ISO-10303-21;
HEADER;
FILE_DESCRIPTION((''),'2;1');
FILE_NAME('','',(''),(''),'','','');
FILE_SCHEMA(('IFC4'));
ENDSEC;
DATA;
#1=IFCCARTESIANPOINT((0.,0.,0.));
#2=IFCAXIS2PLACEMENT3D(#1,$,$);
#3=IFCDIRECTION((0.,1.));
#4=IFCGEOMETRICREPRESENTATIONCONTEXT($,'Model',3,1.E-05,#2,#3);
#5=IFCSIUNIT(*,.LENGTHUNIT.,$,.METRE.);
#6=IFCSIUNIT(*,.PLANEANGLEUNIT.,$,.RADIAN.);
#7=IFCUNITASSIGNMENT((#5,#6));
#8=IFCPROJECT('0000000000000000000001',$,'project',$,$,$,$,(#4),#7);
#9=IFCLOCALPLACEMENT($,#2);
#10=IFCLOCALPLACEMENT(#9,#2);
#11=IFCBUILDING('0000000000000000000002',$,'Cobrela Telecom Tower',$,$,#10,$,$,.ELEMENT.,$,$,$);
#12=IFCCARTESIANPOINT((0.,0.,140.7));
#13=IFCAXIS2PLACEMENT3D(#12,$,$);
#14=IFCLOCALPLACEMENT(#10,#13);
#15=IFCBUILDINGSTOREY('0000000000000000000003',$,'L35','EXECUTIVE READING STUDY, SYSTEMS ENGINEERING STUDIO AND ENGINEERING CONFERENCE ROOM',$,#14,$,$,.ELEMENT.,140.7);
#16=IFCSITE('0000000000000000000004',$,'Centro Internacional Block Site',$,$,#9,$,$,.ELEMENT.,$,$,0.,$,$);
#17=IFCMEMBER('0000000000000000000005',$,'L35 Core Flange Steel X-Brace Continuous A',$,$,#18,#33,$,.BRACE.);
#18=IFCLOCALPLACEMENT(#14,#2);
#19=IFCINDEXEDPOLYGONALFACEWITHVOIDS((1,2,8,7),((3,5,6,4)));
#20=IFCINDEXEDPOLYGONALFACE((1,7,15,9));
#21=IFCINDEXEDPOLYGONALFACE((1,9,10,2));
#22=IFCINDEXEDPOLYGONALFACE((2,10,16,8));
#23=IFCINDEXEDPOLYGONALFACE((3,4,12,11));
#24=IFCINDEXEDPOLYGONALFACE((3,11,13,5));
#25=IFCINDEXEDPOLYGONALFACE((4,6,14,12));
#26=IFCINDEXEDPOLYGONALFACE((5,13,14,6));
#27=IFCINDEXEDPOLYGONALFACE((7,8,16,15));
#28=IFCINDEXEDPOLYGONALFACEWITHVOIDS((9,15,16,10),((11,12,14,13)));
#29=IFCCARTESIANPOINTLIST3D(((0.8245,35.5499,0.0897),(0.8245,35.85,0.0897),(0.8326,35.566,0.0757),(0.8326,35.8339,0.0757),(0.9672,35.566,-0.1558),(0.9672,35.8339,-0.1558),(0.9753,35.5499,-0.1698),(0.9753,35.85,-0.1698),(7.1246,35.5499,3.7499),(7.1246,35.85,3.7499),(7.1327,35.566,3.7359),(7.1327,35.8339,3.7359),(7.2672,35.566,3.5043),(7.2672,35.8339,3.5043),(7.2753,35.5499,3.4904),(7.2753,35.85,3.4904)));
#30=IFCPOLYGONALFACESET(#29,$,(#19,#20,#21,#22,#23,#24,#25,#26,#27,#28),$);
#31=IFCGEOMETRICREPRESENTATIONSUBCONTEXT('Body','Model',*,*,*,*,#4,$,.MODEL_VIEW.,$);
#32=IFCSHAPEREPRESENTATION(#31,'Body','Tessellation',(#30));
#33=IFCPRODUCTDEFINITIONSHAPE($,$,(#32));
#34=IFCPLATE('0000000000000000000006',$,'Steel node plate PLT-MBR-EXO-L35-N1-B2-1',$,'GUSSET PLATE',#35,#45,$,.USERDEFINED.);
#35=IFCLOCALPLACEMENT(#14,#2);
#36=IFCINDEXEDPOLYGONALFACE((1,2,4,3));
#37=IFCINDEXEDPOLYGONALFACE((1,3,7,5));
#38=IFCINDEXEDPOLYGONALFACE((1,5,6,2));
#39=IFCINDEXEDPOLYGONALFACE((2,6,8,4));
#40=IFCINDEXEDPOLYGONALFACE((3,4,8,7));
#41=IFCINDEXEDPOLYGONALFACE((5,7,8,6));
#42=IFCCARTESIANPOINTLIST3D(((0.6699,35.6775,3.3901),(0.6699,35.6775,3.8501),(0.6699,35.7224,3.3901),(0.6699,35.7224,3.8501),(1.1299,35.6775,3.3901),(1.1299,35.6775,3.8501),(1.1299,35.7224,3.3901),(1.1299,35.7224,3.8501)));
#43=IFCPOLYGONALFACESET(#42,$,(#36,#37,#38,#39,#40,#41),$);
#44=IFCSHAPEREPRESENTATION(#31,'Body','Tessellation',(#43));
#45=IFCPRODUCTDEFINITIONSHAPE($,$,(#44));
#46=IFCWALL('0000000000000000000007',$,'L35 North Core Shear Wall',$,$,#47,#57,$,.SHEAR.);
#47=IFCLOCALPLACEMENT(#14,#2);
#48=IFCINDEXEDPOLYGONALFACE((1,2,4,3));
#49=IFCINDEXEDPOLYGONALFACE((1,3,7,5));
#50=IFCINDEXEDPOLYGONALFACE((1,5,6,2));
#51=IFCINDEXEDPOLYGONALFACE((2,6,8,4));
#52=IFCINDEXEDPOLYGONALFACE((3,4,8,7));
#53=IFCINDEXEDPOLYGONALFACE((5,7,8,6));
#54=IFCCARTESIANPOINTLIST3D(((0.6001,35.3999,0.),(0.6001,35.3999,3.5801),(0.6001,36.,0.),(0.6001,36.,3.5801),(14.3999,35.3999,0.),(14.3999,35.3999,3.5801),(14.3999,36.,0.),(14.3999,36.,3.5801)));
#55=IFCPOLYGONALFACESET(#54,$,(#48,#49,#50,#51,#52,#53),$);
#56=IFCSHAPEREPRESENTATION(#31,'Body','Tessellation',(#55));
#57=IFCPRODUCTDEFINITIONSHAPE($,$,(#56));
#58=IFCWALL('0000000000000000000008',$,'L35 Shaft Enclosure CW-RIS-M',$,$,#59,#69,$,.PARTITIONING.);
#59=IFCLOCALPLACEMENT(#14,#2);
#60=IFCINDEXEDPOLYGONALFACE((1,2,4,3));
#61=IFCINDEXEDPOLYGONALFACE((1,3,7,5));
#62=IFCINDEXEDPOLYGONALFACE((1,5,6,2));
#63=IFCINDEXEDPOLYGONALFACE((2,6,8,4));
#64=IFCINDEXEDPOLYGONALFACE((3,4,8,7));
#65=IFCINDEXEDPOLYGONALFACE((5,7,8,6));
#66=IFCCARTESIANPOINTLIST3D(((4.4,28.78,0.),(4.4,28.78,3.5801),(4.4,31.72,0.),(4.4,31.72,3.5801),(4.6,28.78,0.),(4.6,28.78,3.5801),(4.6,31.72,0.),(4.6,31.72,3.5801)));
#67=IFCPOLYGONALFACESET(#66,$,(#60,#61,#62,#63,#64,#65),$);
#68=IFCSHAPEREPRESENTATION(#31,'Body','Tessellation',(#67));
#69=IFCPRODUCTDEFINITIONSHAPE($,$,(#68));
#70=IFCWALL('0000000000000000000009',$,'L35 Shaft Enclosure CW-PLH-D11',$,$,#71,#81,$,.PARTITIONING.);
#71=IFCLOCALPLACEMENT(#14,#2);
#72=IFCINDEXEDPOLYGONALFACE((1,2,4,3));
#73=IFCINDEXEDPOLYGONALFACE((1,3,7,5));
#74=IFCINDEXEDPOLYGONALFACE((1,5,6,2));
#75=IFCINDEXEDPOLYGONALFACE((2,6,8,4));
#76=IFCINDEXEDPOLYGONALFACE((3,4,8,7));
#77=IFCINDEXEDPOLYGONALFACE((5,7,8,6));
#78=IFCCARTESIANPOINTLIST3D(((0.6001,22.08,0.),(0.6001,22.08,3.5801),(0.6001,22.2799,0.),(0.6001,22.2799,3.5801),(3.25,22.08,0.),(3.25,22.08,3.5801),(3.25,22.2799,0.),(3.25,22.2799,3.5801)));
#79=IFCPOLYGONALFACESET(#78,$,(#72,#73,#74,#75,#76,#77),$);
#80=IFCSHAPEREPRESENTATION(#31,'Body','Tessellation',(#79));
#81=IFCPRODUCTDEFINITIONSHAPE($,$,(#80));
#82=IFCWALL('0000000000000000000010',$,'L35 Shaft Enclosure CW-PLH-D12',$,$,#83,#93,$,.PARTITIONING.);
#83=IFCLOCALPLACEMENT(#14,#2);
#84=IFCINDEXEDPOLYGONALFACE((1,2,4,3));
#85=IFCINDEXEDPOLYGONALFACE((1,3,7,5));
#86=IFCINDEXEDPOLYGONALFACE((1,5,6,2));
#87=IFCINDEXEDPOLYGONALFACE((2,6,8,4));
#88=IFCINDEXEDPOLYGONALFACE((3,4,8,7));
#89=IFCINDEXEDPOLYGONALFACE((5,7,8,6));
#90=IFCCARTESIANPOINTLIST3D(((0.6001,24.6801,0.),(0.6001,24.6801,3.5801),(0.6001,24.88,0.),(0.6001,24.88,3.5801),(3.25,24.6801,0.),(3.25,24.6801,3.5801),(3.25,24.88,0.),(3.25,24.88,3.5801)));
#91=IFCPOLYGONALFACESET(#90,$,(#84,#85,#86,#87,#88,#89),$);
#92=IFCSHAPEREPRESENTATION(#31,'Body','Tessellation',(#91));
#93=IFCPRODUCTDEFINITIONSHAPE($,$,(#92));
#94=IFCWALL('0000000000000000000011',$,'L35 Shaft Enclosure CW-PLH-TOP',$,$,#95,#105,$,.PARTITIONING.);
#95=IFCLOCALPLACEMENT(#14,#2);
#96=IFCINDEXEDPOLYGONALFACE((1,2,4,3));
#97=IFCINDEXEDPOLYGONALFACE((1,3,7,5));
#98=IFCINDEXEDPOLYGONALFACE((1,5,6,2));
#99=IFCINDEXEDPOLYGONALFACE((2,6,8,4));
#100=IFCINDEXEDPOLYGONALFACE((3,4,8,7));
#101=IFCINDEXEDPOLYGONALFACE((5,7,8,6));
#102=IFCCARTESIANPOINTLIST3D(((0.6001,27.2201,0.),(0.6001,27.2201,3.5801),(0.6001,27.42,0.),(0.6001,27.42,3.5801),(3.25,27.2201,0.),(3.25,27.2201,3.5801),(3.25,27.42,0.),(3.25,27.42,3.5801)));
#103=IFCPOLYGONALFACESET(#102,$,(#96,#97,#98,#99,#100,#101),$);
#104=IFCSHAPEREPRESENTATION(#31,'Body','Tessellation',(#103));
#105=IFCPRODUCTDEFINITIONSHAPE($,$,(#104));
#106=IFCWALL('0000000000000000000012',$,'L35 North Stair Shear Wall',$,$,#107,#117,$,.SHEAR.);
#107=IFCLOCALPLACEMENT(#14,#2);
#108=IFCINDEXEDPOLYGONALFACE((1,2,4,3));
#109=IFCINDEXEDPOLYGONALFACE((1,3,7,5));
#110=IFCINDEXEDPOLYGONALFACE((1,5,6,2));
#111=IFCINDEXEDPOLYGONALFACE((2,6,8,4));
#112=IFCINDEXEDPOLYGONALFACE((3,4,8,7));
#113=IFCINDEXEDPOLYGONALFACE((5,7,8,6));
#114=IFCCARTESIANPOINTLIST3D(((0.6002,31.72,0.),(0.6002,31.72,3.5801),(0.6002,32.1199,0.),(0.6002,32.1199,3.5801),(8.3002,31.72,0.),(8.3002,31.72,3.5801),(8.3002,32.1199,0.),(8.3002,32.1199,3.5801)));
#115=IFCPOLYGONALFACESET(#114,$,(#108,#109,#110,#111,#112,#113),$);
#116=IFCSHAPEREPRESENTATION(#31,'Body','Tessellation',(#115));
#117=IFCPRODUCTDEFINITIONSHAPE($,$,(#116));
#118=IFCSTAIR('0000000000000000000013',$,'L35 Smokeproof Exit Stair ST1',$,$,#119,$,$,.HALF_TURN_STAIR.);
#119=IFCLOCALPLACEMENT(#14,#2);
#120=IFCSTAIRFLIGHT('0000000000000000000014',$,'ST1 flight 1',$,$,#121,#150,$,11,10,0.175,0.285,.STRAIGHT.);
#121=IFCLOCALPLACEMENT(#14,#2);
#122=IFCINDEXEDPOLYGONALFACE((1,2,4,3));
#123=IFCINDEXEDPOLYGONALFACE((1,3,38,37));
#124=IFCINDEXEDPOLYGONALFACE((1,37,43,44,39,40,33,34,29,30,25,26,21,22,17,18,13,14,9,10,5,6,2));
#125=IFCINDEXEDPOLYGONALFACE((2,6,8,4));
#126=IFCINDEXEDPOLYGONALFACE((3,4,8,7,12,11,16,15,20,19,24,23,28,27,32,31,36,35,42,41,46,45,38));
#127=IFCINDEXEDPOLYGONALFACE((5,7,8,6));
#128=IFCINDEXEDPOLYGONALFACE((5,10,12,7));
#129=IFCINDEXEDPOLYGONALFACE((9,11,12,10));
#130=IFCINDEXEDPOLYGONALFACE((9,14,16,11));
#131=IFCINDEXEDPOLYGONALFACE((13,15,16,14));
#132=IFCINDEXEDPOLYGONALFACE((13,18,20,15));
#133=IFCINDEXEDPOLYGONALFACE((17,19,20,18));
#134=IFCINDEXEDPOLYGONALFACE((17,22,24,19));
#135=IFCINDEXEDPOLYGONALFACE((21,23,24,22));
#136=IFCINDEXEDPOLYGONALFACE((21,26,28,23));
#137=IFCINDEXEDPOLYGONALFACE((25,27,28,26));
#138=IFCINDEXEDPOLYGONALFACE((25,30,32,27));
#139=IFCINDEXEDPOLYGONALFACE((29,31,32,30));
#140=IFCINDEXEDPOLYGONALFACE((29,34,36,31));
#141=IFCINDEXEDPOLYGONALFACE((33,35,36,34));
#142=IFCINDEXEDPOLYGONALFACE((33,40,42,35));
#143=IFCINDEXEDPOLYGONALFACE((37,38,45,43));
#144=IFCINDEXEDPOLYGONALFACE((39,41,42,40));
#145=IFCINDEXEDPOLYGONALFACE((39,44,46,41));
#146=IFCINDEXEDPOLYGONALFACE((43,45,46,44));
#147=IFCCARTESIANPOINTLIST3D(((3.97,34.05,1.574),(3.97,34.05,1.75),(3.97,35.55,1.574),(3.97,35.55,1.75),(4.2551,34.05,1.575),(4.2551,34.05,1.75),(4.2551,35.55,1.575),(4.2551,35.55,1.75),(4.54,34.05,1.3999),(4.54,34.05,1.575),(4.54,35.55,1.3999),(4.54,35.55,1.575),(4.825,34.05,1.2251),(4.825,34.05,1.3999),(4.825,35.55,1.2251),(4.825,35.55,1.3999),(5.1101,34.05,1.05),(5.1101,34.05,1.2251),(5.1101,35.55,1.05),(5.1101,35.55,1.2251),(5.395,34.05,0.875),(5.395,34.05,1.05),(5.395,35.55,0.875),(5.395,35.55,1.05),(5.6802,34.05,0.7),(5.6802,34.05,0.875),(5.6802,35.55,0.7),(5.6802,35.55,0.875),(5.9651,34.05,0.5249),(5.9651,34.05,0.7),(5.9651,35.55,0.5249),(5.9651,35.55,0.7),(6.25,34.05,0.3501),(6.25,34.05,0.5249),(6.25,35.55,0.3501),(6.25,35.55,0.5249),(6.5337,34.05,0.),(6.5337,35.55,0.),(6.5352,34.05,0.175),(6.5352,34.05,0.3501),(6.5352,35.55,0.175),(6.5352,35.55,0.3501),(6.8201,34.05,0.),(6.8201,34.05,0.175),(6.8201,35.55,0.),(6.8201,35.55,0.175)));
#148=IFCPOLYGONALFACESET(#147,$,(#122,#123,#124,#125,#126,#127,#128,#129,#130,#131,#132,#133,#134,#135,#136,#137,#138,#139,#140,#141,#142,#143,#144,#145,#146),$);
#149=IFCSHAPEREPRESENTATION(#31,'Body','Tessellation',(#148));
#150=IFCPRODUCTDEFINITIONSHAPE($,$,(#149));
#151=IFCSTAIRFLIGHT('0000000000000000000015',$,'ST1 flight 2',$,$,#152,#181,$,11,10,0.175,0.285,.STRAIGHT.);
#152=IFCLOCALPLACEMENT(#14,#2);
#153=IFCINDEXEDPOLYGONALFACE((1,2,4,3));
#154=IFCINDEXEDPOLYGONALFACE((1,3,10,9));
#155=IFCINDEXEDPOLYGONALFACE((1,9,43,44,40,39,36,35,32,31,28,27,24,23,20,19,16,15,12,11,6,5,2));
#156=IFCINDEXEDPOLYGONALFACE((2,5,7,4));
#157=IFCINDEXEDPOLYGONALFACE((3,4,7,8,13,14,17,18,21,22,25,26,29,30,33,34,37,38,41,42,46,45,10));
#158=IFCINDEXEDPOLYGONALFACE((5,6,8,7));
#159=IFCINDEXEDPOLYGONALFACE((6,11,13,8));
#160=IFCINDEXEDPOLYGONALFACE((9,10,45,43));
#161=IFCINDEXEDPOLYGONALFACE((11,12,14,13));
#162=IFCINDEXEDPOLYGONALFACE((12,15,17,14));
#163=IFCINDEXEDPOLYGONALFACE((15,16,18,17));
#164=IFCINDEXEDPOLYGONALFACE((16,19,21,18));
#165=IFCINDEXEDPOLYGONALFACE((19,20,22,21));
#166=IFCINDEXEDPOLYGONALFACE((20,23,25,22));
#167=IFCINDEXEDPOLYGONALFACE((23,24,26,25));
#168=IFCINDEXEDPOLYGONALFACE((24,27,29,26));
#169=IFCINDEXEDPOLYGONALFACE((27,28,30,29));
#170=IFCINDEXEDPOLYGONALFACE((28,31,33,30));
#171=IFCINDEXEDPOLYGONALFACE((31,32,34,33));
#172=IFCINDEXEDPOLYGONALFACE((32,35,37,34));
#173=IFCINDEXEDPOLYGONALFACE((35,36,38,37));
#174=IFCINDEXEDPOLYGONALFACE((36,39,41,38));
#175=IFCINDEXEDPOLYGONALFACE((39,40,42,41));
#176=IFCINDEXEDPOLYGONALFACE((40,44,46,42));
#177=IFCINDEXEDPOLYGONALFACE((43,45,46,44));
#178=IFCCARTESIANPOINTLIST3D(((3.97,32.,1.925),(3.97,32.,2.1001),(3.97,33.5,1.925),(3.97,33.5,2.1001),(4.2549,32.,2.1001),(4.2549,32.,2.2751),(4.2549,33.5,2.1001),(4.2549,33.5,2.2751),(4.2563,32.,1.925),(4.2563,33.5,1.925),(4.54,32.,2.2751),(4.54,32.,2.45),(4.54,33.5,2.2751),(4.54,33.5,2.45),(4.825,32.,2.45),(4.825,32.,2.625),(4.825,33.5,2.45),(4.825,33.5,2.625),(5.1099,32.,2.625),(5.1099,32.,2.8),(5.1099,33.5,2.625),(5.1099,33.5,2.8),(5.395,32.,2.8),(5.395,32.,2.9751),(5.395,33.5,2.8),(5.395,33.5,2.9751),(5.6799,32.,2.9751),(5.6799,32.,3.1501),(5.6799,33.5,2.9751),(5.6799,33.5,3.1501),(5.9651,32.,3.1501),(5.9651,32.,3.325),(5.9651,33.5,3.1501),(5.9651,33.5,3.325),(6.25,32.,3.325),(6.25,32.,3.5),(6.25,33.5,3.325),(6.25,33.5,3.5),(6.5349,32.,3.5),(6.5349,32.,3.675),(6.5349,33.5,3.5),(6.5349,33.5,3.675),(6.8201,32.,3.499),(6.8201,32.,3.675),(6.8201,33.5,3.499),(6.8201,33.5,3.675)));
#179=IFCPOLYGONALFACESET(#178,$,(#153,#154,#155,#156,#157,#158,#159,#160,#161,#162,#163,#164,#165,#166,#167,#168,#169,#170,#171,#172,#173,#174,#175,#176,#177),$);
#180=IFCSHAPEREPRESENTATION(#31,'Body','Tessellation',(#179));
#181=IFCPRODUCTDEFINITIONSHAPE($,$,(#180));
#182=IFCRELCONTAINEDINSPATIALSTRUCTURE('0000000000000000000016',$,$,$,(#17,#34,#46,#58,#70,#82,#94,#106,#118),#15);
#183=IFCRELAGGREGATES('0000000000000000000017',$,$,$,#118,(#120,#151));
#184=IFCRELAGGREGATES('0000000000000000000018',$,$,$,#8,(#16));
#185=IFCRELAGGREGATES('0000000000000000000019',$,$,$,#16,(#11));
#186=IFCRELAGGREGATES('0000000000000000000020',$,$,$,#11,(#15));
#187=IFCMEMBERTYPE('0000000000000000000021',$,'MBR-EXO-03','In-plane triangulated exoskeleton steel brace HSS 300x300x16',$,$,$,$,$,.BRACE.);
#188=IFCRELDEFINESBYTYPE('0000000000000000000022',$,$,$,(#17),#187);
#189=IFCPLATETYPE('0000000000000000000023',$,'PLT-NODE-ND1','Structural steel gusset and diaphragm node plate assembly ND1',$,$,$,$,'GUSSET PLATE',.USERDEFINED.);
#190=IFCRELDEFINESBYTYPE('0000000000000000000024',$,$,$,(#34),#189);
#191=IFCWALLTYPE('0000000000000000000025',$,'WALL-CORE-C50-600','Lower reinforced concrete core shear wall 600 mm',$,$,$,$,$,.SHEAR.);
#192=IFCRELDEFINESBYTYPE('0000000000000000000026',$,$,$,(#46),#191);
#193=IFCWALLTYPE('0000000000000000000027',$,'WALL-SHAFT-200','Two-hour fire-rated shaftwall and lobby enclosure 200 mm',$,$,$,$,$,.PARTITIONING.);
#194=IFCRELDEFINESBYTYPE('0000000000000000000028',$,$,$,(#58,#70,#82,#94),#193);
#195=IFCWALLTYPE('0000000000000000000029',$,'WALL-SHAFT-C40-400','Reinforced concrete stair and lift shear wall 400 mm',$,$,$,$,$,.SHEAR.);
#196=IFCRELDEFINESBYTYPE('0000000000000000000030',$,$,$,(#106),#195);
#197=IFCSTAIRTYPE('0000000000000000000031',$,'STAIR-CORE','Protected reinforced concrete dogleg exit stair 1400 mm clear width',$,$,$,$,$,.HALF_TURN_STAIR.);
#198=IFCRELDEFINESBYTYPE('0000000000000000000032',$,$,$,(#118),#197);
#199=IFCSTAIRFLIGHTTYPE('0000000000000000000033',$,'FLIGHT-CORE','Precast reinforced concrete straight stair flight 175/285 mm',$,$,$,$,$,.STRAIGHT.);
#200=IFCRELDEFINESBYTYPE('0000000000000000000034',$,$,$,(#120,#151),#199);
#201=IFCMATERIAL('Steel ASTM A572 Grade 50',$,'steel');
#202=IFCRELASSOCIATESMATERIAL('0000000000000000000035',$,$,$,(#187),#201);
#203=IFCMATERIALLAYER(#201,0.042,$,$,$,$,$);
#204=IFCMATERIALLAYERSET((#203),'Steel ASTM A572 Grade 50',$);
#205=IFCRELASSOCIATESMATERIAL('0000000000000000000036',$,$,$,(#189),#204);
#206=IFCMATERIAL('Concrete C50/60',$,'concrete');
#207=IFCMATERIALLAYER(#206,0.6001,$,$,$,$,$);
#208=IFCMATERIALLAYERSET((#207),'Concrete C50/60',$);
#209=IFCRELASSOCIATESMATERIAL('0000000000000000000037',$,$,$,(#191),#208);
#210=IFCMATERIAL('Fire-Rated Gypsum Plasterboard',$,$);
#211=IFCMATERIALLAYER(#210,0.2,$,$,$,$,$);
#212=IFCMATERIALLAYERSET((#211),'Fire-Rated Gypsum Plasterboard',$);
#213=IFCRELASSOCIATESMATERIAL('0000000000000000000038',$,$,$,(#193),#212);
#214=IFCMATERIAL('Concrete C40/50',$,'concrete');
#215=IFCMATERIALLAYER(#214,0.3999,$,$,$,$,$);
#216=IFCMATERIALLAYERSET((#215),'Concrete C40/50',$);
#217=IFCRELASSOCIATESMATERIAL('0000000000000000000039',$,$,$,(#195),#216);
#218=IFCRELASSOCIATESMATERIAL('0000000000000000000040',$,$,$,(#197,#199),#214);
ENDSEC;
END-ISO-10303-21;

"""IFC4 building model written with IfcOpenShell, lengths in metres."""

from ifc_helpers import new_model, si_unit, direction, frame, frame_2d, origin, origin_2d, place, context, subcontext, project, spatial, polyline, rectangle, hollow_rectangle, outline, extrude, material, layer, layer_set, material_profile, profile_set, type_object, element, aggregate, save


model = new_model("IFC4")

# Units and contexts
model_context = context("Model", 3, precision=1e-05, world=origin(), true_north=direction((0.0, 1.0)))
body_context = subcontext(model_context, "Body", "Model", "MODEL_VIEW")
ifc_project = project(units=[si_unit("LENGTHUNIT", "METRE"), si_unit("PLANEANGLEUNIT", "RADIAN")], contexts=[model_context])

# Site, building, storey
site_placement = place(None, origin())
site = spatial("IfcSite", under=ifc_project, at=site_placement, Name="Centro Internacional Block Site", CompositionType="ELEMENT", RefElevation=0.0)
building_placement = place(site_placement, origin())
building = spatial("IfcBuilding", under=site, at=building_placement, Name="Cobrela Telecom Tower", CompositionType="ELEMENT")
storey_placement = place(building_placement, frame((0.0, 0.0, 140.7)))
storey = spatial("IfcBuildingStorey", under=building, at=storey_placement, Name="L35", Description="EXECUTIVE READING STUDY, SYSTEMS ENGINEERING STUDIO AND ENGINEERING CONFERENCE ROOM", CompositionType="ELEMENT", Elevation=140.7)

# Member
ifc_material_1 = material(Name="Steel ASTM A572 Grade 50", Category="steel")
ifc_material_profile = material_profile(ifc_material_1, hollow_rectangle(XDim=0.3, YDim=0.3, WallThickness=0.0161, at=origin_2d()), Name="HSS 300x300x16")
ifc_profile_set = profile_set([ifc_material_profile], Name="Steel ASTM A572 Grade 50")
member_type = type_object("IfcMemberType", Name="MBR-EXO-03", Description="In-plane triangulated exoskeleton steel brace HSS 300x300x16", PredefinedType="BRACE", material=ifc_profile_set)
member_placement = place(storey_placement, frame((0.8999, 35.7, -0.04), z_axis=(0.864666, 0.0, 0.502347), x_axis=(0.0, 1.0, 0.0)))
element("IfcMember", 1, at=member_placement, inside=storey, type_object=member_type, Name="L35 Core Flange Steel X-Brace Continuous A", PredefinedType="BRACE", context=body_context, shape_type="SweptSolid", body=[
    extrude(hollow_rectangle(XDim=0.3, YDim=0.3, WallThickness=0.0161, at=origin_2d()), origin(), (0.0, 0.0, 1.0), 7.2861),
])

# Plate
ifc_layer_1 = layer(ifc_material_1, 0.042)
ifc_layer_set_1 = layer_set([ifc_layer_1], Name="Steel ASTM A572 Grade 50")
plate_type = type_object("IfcPlateType", Name="PLT-NODE-ND1", Description="Structural steel gusset and diaphragm node plate assembly ND1", ElementType="GUSSET PLATE", PredefinedType="USERDEFINED", material=ifc_layer_set_1)
plate_placement = place(storey_placement, frame((0.8999, 35.7, 3.3901), z_axis=(0.0, 0.0, 1.0), x_axis=(-1.0, 0.0, 0.0)))
element("IfcPlate", 2, at=plate_placement, inside=storey, type_object=plate_type, Name="Steel node plate PLT-MBR-EXO-L35-N1-B2-1", ObjectType="GUSSET PLATE", PredefinedType="USERDEFINED", context=body_context, shape_type="SweptSolid", body=[
    extrude(rectangle(XDim=0.46, YDim=0.0449, at=origin_2d()), origin(), (0.0, 0.0, 1.0), 0.46),
])

# Wall
ifc_material_2 = material(Name="Concrete C50/60", Category="concrete")
ifc_layer_2 = layer(ifc_material_2, 0.6001)
ifc_layer_set_2 = layer_set([ifc_layer_2], Name="Concrete C50/60")
wall_type_1 = type_object("IfcWallType", Name="WALL-CORE-C50-600", Description="Lower reinforced concrete core shear wall 600 mm", PredefinedType="SHEAR", material=ifc_layer_set_2)
wall_1_placement = place(storey_placement, frame((0.6001, 35.7, 0.0), z_axis=(0.0, 0.0, 1.0), x_axis=(1.0, 0.0, 0.0)))
element("IfcWall", 3, at=wall_1_placement, inside=storey, type_object=wall_type_1, Name="L35 North Core Shear Wall", PredefinedType="SHEAR", context=body_context, shape_type="SweptSolid", body=[
    extrude(rectangle(XDim=13.7998, YDim=0.6001, at=frame_2d((6.8999, 0.0))), origin(), (0.0, 0.0, 1.0), 3.5801),
])

# Shared definitions
ifc_material_3 = material(Name="Fire-Rated Gypsum Plasterboard")
ifc_layer_3 = layer(ifc_material_3, 0.2)
ifc_layer_set_3 = layer_set([ifc_layer_3], Name="Fire-Rated Gypsum Plasterboard")
wall_type_2 = type_object("IfcWallType", Name="WALL-SHAFT-200", Description="Two-hour fire-rated shaftwall and lobby enclosure 200 mm", PredefinedType="PARTITIONING", material=ifc_layer_set_3)

# Walls
wall_2_placement = place(storey_placement, frame((4.5, 28.78, 0.0), z_axis=(0.0, 0.0, 1.0), x_axis=(0.0, 1.0, 0.0)))
element("IfcWall", 4, at=wall_2_placement, inside=storey, type_object=wall_type_2, Name="L35 Shaft Enclosure CW-RIS-M", PredefinedType="PARTITIONING", context=body_context, shape_type="SweptSolid", body=[
    extrude(rectangle(XDim=2.9399, YDim=0.2, at=frame_2d((1.47, 0.0))), origin(), (0.0, 0.0, 1.0), 3.5801),
])
for number, where, z_axis, x_axis, name in (
    (5, (0.6001, 22.1799, 0.0), (0.0, 0.0, 1.0), (1.0, 0.0, 0.0), "L35 Shaft Enclosure CW-PLH-D11"),
    (6, (0.6001, 24.78, 0.0), (0.0, 0.0, 1.0), (1.0, 0.0, 0.0), "L35 Shaft Enclosure CW-PLH-D12"),
    (7, (0.6001, 27.3201, 0.0), (0.0, 0.0, 1.0), (1.0, 0.0, 0.0), "L35 Shaft Enclosure CW-PLH-TOP"),
):
    element("IfcWall", number, at=place(storey_placement, frame(where, z_axis=z_axis, x_axis=x_axis)), inside=storey, type_object=wall_type_2, Name=name, PredefinedType="PARTITIONING", context=body_context, shape_type="SweptSolid", body=[
        extrude(rectangle(XDim=2.6499, YDim=0.2, at=frame_2d((1.325, 0.0))), origin(), (0.0, 0.0, 1.0), 3.5801),
    ])
ifc_material_4 = material(Name="Concrete C40/50", Category="concrete")
ifc_layer_4 = layer(ifc_material_4, 0.3999)
ifc_layer_set_4 = layer_set([ifc_layer_4], Name="Concrete C40/50")
wall_type_3 = type_object("IfcWallType", Name="WALL-SHAFT-C40-400", Description="Reinforced concrete stair and lift shear wall 400 mm", PredefinedType="SHEAR", material=ifc_layer_set_4)
wall_3_placement = place(storey_placement, frame((0.6001, 31.9199, 0.0), z_axis=(0.0, 0.0, 1.0), x_axis=(1.0, 0.0, 0.0)))
element("IfcWall", 8, at=wall_3_placement, inside=storey, type_object=wall_type_3, Name="L35 North Stair Shear Wall", PredefinedType="SHEAR", context=body_context, shape_type="SweptSolid", body=[
    extrude(rectangle(XDim=7.7, YDim=0.3999, at=frame_2d((3.8501, 0.0))), origin(), (0.0, 0.0, 1.0), 3.5801),
])

# Stair, stair flights
stair_type = type_object("IfcStairType", Name="STAIR-CORE", Description="Protected reinforced concrete dogleg exit stair 1400 mm clear width", PredefinedType="HALF_TURN_STAIR", material=ifc_material_4)
stair_placement = place(storey_placement, origin())
stair = element("IfcStair", 9, at=stair_placement, inside=storey, type_object=stair_type, Name="L35 Smokeproof Exit Stair ST1", PredefinedType="HALF_TURN_STAIR")
stair_flight_type = type_object("IfcStairFlightType", Name="FLIGHT-CORE", Description="Precast reinforced concrete straight stair flight 175/285 mm", PredefinedType="STRAIGHT", material=ifc_material_4)
stair_flight_1_placement = place(storey_placement, frame((6.8201, 34.8, 0.0), z_axis=(0.0, 0.0, 1.0), x_axis=(-1.0, 0.0, 0.0)))
stair_flight_1 = element("IfcStairFlight", 10, at=stair_flight_1_placement, type_object=stair_flight_type, Name="ST1 flight 1", NumberOfRisers=11, NumberOfTreads=10, PredefinedType="STRAIGHT", RiserHeight=0.175, TreadLength=0.285, context=body_context, shape_type="SweptSolid", body=[
    extrude(outline(polyline([(0.0, 0.0), (0.0, 0.175), (0.2849, 0.175), (0.2849, 0.3501), (0.5701, 0.3501), (0.5701, 0.5249), (0.855, 0.5249), (0.855, 0.7), (1.1399, 0.7), (1.1399, 0.875), (1.425, 0.875), (1.425, 1.05), (1.71, 1.05), (1.71, 1.2251), (1.9951, 1.2251), (1.9951, 1.3999), (2.28, 1.3999), (2.28, 1.575), (2.5649, 1.575), (2.5649, 1.75), (2.8501, 1.75), (2.8501, 1.925), (2.8501, 1.574), (0.2864, 0.0), (0.0, 0.0)])), frame((0.0, 0.75, 0.0), z_axis=(0.0, -1.0, 0.0), x_axis=(1.0, 0.0, 0.0)), (0.0, 0.0, 1.0), 1.5),
])
stair_flight_2_placement = place(storey_placement, frame((3.97, 32.75, 1.925), z_axis=(0.0, 0.0, 1.0), x_axis=(1.0, 0.0, 0.0)))
stair_flight_2 = element("IfcStairFlight", 11, at=stair_flight_2_placement, type_object=stair_flight_type, Name="ST1 flight 2", NumberOfRisers=11, NumberOfTreads=10, PredefinedType="STRAIGHT", RiserHeight=0.175, TreadLength=0.285, context=body_context, shape_type="SweptSolid", body=[
    extrude(outline(polyline([(0.0, 0.0), (0.0, 0.175), (0.2849, 0.175), (0.2849, 0.3501), (0.5701, 0.3501), (0.5701, 0.5249), (0.855, 0.5249), (0.855, 0.7), (1.1399, 0.7), (1.1399, 0.875), (1.425, 0.875), (1.425, 1.05), (1.71, 1.05), (1.71, 1.2251), (1.9951, 1.2251), (1.9951, 1.3999), (2.28, 1.3999), (2.28, 1.575), (2.5649, 1.575), (2.5649, 1.75), (2.8501, 1.75), (2.8501, 1.925), (2.8501, 1.574), (0.2864, 0.0), (0.0, 0.0)])), frame((0.0, 0.75, 0.0), z_axis=(0.0, -1.0, 0.0), x_axis=(1.0, 0.0, 0.0)), (0.0, 0.0, 1.0), 1.5),
])
aggregate(stair, [stair_flight_1, stair_flight_2])

save(model, "model.ifc")
